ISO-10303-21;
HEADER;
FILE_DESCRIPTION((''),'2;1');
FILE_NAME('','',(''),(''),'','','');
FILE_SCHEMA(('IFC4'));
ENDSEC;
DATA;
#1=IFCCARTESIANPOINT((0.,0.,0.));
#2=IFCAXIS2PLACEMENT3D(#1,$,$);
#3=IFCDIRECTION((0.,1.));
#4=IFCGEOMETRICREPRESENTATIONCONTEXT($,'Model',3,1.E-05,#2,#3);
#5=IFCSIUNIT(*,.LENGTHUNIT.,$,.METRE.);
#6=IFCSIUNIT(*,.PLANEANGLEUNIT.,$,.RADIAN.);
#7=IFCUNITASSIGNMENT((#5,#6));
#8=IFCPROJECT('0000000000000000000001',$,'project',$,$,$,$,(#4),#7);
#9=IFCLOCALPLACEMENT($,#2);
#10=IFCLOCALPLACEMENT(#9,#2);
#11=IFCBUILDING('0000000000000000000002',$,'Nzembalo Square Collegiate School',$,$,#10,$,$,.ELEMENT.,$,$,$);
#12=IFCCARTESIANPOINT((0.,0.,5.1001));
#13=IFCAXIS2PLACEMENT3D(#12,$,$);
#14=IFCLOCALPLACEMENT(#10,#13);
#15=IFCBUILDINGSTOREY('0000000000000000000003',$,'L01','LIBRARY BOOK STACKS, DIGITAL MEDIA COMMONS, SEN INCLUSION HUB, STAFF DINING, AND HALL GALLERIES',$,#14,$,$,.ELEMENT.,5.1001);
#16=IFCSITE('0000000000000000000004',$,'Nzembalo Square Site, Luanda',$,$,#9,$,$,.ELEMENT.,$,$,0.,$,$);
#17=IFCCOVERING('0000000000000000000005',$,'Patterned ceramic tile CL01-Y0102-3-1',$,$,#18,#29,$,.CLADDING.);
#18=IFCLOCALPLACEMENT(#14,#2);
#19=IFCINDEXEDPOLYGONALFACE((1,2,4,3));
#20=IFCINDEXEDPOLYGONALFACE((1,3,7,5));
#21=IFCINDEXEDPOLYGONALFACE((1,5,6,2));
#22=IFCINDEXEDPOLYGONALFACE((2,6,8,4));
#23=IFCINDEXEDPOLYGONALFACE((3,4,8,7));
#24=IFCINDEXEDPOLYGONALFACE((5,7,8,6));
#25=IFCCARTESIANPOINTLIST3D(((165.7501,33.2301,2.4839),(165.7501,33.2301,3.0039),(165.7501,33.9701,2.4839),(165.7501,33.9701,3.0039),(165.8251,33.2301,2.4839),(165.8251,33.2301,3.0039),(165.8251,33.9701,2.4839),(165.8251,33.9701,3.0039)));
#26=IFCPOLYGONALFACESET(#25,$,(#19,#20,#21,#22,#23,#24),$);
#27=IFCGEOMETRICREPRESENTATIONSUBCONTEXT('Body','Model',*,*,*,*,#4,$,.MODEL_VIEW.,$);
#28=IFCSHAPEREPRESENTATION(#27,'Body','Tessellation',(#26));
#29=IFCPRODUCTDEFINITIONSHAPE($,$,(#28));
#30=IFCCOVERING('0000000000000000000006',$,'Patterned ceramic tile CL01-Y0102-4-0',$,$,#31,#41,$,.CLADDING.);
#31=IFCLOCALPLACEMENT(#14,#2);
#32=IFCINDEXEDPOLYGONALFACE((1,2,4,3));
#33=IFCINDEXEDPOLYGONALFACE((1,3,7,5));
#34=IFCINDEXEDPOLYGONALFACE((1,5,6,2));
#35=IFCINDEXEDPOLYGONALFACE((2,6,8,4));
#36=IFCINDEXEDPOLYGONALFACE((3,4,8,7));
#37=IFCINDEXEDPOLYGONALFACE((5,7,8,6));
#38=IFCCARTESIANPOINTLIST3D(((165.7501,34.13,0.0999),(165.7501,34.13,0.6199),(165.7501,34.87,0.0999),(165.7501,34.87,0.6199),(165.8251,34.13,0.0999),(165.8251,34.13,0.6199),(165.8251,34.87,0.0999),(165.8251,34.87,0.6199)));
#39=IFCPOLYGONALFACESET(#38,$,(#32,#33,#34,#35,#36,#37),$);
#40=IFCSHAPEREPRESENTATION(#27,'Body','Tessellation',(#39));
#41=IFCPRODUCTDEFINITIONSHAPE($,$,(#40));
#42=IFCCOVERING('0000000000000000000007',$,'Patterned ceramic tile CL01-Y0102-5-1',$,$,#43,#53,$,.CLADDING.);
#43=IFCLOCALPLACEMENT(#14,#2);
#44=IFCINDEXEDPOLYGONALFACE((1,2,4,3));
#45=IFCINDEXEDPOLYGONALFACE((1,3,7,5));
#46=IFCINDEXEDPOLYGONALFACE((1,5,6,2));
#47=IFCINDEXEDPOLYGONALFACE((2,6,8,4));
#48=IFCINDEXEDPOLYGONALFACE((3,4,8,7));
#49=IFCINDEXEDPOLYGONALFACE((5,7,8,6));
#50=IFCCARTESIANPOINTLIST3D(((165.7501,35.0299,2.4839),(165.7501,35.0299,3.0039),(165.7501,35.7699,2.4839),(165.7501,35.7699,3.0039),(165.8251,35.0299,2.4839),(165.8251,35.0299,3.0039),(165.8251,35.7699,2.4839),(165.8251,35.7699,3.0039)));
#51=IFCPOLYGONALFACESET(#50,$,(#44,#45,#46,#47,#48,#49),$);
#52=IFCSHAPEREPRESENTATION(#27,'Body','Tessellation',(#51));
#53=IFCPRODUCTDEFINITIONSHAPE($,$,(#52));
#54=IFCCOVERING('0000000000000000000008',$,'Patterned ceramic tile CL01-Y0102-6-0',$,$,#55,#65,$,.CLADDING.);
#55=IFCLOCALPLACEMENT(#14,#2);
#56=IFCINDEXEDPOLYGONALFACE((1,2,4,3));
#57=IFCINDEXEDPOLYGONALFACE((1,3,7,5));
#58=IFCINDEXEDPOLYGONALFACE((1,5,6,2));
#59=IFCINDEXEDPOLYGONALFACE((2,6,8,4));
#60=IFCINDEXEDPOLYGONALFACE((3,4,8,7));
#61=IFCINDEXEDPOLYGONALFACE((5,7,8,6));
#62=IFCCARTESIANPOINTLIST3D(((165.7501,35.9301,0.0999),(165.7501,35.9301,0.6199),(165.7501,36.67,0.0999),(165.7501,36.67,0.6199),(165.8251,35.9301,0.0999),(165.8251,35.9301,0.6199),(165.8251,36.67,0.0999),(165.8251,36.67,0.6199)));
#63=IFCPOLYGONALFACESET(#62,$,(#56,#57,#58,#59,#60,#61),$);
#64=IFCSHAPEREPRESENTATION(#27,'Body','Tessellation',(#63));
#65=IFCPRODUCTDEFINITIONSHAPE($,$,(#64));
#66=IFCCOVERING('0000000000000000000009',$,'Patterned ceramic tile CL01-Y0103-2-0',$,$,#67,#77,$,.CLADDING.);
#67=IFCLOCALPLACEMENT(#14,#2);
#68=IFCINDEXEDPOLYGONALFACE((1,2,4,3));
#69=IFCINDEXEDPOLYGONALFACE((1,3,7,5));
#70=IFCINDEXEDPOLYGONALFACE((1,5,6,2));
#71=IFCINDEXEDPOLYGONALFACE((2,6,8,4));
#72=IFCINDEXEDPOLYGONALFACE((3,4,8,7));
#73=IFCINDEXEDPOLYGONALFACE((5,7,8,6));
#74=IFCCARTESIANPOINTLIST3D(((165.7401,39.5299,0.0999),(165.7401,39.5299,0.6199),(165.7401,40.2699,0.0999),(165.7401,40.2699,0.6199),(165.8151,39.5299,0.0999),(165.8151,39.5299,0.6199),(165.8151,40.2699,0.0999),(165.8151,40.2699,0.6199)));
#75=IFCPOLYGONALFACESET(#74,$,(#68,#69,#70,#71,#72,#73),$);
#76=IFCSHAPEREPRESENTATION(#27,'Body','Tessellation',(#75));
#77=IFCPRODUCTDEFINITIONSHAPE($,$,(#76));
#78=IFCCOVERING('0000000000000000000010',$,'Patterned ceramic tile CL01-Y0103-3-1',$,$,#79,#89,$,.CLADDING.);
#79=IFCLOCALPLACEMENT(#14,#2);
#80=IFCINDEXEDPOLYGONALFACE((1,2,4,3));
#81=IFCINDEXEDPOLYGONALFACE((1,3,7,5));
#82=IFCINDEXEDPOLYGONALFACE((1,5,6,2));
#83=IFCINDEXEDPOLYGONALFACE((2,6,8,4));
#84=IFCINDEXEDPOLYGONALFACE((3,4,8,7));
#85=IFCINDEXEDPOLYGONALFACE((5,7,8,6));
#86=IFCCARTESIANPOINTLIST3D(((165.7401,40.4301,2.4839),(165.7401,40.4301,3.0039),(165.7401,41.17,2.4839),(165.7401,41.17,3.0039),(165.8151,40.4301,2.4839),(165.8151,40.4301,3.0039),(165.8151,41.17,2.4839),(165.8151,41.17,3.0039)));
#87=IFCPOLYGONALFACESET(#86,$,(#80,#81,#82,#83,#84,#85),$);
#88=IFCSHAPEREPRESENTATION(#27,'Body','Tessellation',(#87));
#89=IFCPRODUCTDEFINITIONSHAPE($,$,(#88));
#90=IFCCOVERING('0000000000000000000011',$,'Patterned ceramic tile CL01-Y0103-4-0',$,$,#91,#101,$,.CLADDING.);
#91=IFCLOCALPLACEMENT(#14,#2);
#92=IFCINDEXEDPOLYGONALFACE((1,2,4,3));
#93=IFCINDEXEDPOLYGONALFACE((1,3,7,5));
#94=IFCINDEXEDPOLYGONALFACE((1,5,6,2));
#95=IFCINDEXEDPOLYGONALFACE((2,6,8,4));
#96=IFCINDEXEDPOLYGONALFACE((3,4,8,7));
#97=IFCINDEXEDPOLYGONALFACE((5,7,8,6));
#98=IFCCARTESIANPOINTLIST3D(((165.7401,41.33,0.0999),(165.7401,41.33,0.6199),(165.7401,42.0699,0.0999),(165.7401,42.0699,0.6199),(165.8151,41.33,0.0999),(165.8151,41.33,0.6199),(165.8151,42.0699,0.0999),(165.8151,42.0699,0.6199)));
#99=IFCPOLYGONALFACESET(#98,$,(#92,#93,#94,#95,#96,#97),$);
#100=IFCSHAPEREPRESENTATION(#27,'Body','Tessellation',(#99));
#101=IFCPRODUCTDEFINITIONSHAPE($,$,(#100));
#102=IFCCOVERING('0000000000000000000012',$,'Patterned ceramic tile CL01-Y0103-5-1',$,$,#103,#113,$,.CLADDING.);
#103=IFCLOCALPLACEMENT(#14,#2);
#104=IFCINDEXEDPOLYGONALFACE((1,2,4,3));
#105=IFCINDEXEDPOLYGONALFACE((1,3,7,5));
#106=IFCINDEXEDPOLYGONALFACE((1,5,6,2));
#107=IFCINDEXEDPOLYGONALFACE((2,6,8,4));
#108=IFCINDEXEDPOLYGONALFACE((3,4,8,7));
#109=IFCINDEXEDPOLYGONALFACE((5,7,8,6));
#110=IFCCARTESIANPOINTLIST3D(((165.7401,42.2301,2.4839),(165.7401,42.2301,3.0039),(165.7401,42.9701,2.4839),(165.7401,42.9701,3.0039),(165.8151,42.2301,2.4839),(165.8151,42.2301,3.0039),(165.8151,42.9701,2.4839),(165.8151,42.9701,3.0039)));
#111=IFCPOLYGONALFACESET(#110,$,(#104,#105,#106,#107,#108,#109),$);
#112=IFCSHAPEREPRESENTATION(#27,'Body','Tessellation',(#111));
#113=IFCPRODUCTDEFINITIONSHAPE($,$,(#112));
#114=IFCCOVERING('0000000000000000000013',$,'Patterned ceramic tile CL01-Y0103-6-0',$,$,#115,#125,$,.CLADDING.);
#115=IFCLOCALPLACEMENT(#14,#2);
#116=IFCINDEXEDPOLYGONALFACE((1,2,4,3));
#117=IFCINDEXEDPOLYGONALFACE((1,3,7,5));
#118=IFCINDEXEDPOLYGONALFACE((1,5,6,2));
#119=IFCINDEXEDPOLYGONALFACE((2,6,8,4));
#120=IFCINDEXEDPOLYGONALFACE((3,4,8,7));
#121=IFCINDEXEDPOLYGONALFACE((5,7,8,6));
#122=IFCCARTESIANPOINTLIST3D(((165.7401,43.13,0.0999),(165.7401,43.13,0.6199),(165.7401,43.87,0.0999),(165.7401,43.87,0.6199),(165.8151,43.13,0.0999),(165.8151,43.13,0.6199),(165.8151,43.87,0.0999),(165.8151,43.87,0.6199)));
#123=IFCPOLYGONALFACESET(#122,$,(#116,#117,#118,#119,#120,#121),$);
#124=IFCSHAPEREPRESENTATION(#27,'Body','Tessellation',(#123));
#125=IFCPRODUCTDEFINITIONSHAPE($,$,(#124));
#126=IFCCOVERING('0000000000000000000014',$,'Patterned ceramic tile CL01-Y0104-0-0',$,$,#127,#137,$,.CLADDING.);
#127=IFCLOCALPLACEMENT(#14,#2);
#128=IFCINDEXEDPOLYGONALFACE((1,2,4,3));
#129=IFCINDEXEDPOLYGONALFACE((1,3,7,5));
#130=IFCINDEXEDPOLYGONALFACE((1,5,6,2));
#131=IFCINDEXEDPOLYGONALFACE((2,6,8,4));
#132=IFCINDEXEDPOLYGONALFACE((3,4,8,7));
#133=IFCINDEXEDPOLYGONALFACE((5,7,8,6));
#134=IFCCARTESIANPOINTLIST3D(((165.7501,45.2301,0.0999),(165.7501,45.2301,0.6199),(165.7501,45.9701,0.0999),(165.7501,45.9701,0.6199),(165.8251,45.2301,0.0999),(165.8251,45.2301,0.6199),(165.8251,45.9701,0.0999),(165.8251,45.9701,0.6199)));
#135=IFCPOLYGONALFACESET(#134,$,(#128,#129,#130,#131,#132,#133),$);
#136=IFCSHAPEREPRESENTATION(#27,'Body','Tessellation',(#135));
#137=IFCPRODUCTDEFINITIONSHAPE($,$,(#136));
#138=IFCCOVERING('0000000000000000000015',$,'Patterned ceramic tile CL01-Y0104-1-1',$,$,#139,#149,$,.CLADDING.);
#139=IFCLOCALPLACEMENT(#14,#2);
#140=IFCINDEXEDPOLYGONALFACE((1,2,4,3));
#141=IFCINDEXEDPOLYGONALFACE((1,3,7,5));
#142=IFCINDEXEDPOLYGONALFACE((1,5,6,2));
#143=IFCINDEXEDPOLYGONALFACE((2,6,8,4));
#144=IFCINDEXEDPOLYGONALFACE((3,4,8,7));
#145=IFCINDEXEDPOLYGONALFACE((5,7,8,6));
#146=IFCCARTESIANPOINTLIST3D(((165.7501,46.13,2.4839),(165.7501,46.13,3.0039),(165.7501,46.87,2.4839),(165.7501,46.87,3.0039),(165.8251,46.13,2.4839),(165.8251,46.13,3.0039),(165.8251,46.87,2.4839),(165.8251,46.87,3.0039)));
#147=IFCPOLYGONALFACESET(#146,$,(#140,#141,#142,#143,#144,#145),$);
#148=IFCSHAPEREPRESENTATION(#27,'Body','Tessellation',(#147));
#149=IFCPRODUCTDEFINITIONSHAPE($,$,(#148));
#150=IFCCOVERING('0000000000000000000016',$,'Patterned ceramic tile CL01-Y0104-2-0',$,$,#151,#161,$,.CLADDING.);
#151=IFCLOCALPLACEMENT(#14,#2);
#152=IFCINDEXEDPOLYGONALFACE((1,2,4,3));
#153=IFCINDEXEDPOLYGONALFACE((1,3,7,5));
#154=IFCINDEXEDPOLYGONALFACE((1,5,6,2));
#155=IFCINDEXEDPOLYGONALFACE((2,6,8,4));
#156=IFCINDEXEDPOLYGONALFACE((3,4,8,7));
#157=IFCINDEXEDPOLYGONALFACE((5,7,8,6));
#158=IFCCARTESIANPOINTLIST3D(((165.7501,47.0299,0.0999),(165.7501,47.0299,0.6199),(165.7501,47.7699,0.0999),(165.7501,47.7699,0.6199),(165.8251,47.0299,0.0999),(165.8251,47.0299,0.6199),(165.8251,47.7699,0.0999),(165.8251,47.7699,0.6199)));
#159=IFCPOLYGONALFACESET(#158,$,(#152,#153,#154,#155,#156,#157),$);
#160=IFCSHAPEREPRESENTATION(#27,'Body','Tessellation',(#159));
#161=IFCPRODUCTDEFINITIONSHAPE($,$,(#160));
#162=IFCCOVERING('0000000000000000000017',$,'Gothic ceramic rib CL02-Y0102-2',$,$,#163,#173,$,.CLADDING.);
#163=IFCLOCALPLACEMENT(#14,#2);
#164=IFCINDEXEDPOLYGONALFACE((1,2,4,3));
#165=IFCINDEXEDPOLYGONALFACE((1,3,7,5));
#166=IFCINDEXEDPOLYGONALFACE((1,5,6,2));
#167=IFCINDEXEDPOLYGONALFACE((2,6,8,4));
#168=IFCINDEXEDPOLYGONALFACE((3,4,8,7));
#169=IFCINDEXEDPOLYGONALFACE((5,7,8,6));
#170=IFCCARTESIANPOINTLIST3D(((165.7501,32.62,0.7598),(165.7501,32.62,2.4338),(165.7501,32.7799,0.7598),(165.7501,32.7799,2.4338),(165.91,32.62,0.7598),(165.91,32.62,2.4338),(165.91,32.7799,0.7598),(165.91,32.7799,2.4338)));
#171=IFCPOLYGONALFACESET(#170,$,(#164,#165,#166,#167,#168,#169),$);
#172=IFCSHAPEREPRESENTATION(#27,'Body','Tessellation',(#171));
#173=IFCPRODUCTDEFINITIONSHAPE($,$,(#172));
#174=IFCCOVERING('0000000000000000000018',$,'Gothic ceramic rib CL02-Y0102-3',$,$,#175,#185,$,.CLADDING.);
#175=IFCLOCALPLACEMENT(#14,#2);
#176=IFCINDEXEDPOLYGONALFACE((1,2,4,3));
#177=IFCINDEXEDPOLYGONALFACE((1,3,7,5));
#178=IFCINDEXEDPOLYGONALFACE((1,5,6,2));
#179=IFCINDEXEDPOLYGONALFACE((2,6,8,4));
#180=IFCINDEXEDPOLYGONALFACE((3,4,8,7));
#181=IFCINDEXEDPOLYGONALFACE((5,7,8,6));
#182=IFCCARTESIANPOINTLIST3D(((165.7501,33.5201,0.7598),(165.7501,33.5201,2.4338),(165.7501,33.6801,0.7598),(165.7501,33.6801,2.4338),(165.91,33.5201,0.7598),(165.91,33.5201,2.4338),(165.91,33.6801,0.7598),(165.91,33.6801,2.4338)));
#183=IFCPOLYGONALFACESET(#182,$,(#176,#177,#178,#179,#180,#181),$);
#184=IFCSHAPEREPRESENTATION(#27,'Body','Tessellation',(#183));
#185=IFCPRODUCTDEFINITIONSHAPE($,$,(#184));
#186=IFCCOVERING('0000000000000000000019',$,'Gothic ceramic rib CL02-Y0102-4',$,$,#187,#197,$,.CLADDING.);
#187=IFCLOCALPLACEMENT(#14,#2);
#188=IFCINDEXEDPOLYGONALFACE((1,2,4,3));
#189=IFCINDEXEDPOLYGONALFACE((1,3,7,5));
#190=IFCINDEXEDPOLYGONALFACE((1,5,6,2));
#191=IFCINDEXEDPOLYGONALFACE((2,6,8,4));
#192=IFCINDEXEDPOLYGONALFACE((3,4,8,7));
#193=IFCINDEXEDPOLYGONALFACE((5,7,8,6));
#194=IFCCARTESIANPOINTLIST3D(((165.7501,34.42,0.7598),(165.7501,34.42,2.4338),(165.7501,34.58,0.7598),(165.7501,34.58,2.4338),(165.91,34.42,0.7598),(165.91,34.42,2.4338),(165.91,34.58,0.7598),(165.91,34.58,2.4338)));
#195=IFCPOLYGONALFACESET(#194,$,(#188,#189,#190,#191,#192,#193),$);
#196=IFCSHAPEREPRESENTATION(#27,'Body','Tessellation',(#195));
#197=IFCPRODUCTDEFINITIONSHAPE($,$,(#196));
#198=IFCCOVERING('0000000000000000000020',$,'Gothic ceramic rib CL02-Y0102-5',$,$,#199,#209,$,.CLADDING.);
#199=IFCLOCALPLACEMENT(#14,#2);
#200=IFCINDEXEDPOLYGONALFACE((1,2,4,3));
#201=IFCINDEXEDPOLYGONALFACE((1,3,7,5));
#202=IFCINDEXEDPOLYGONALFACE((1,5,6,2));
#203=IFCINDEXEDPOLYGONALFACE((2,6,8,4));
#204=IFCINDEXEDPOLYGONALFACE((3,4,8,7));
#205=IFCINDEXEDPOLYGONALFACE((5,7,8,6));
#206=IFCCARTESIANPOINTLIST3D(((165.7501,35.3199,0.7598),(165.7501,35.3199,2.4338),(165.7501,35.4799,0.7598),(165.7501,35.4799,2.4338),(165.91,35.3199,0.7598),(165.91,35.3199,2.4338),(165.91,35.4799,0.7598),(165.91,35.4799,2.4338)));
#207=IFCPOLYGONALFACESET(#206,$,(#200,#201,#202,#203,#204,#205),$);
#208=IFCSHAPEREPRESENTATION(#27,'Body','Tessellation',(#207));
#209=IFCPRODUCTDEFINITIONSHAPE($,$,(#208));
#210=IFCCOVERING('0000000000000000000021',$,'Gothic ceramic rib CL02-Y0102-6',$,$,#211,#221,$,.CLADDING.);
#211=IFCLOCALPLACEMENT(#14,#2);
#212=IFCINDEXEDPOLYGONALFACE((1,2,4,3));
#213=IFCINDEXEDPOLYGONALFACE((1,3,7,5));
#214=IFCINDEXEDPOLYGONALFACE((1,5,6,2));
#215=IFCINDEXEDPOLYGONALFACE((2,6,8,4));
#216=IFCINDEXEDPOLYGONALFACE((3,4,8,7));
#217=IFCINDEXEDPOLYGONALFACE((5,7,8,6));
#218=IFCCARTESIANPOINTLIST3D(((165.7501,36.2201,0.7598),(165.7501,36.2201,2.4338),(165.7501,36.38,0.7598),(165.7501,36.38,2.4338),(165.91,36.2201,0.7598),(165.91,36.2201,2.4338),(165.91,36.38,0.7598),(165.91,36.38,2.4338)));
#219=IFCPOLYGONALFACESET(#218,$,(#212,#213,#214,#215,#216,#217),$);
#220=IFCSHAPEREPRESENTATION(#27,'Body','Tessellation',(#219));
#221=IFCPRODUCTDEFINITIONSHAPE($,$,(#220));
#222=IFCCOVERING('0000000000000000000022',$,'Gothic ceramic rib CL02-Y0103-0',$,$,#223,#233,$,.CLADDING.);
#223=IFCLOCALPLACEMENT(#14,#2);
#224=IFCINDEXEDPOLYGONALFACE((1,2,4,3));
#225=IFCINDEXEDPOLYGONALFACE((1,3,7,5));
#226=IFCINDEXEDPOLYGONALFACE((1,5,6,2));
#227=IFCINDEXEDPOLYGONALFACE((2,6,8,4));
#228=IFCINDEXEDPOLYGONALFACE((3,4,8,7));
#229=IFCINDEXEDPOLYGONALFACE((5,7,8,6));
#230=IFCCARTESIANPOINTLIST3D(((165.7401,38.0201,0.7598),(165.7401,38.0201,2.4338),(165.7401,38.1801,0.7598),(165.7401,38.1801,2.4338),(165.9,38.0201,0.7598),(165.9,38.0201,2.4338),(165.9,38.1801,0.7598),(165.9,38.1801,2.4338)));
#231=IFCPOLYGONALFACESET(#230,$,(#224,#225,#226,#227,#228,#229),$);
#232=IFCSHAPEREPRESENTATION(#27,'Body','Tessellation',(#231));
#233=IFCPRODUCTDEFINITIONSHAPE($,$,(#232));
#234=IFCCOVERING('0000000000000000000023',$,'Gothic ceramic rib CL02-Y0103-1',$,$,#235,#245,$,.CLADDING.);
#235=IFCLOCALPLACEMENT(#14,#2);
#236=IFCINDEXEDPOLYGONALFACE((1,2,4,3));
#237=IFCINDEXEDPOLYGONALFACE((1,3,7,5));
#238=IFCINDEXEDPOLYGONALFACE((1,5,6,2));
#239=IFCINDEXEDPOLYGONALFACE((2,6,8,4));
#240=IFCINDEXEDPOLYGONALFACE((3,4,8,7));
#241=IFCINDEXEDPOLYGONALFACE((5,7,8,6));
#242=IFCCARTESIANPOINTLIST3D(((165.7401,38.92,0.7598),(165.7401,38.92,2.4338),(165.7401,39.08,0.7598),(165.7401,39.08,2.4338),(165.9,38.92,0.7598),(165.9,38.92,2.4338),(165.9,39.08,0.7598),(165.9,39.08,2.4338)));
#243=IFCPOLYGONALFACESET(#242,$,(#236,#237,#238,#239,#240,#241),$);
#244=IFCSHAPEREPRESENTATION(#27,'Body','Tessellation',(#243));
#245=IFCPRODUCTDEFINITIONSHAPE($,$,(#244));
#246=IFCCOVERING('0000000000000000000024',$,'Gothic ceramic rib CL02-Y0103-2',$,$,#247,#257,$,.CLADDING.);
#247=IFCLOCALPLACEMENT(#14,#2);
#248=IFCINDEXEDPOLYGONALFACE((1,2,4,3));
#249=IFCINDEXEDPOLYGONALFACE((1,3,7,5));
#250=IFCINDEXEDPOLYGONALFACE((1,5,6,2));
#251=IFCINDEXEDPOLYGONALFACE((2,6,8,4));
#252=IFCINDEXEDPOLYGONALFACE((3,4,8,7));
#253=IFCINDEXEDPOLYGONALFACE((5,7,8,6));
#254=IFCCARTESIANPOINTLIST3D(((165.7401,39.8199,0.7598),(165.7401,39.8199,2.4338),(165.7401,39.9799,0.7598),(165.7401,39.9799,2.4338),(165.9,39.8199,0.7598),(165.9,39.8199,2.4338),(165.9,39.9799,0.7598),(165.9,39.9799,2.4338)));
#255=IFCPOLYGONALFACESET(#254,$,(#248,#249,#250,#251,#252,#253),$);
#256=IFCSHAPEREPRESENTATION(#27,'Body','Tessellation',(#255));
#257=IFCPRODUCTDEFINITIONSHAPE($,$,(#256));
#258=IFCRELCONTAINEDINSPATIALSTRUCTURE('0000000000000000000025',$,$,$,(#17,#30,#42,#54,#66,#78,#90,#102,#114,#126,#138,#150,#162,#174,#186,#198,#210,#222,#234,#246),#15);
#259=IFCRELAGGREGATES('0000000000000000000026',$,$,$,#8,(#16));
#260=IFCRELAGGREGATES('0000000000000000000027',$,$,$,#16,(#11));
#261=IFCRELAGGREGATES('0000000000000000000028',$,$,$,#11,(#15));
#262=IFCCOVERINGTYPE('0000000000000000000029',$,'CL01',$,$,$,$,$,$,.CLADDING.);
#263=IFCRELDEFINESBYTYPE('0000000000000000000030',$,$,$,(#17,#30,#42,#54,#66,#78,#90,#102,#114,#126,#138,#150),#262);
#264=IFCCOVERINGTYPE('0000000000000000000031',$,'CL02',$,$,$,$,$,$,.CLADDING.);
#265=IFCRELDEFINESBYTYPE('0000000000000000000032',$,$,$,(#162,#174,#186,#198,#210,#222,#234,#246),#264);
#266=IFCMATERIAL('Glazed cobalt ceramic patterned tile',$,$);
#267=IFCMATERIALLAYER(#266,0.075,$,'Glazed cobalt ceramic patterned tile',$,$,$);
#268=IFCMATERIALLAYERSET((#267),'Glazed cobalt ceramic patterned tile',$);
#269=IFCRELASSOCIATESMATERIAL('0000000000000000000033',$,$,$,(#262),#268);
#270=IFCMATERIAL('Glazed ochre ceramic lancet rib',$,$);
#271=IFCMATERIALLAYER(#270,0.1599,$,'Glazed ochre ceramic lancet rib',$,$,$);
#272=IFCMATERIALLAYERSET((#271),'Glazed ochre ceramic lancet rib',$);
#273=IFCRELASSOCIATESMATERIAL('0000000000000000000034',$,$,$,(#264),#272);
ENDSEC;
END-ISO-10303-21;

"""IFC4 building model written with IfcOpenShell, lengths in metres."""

from ifc_helpers import new_model, si_unit, direction, frame, origin, origin_2d, place, context, subcontext, project, spatial, rectangle, extrude, material, layer, layer_set, type_object, element, save


model = new_model("IFC4")

# Units and contexts
model_context = context("Model", 3, precision=1e-05, world=origin(), true_north=direction((0.0, 1.0)))
body_context = subcontext(model_context, "Body", "Model", "MODEL_VIEW")
ifc_project = project(units=[si_unit("LENGTHUNIT", "METRE"), si_unit("PLANEANGLEUNIT", "RADIAN")], contexts=[model_context])

# Site, building, storey
site_placement = place(None, origin())
site = spatial("IfcSite", under=ifc_project, at=site_placement, Name="Nzembalo Square Site, Luanda", CompositionType="ELEMENT", RefElevation=0.0)
building_placement = place(site_placement, origin())
building = spatial("IfcBuilding", under=site, at=building_placement, Name="Nzembalo Square Collegiate School", CompositionType="ELEMENT")
storey_placement = place(building_placement, frame((0.0, 0.0, 5.1001)))
storey = spatial("IfcBuildingStorey", under=building, at=storey_placement, Name="L01", Description="LIBRARY BOOK STACKS, DIGITAL MEDIA COMMONS, SEN INCLUSION HUB, STAFF DINING, AND HALL GALLERIES", CompositionType="ELEMENT", Elevation=5.1001)

# Coverings
ifc_material_1 = material(Name="Glazed cobalt ceramic patterned tile")
ifc_layer_1 = layer(ifc_material_1, 0.075, Name="Glazed cobalt ceramic patterned tile")
ifc_layer_set_1 = layer_set([ifc_layer_1], Name="Glazed cobalt ceramic patterned tile")
covering_type_1 = type_object("IfcCoveringType", Name="CL01", PredefinedType="CLADDING", material=ifc_layer_set_1)
for number, where, z_axis, x_axis, name in (
    (1, (165.7876, 33.6001, 2.4839), (0.0, 0.0, 1.0), (1.0, 0.0, 0.0), "Patterned ceramic tile CL01-Y0102-3-1"),
    (2, (165.7876, 34.5, 0.0999), (0.0, 0.0, 1.0), (1.0, 0.0, 0.0), "Patterned ceramic tile CL01-Y0102-4-0"),
    (3, (165.7876, 35.3999, 2.4839), (0.0, 0.0, 1.0), (1.0, 0.0, 0.0), "Patterned ceramic tile CL01-Y0102-5-1"),
    (4, (165.7876, 36.3, 0.0999), (0.0, 0.0, 1.0), (1.0, 0.0, 0.0), "Patterned ceramic tile CL01-Y0102-6-0"),
    (5, (165.7776, 39.8999, 0.0999), (0.0, 0.0, 1.0), (1.0, 0.0, 0.0), "Patterned ceramic tile CL01-Y0103-2-0"),
    (6, (165.7776, 40.8, 2.4839), (0.0, 0.0, 1.0), (1.0, 0.0, 0.0), "Patterned ceramic tile CL01-Y0103-3-1"),
    (7, (165.7776, 41.7, 0.0999), (0.0, 0.0, 1.0), (1.0, 0.0, 0.0), "Patterned ceramic tile CL01-Y0103-4-0"),
    (8, (165.7776, 42.6001, 2.4839), (0.0, 0.0, 1.0), (1.0, 0.0, 0.0), "Patterned ceramic tile CL01-Y0103-5-1"),
    (9, (165.7776, 43.5, 0.0999), (0.0, 0.0, 1.0), (1.0, 0.0, 0.0), "Patterned ceramic tile CL01-Y0103-6-0"),
    (10, (165.7876, 45.6001, 0.0999), (0.0, 0.0, 1.0), (1.0, 0.0, 0.0), "Patterned ceramic tile CL01-Y0104-0-0"),
    (11, (165.7876, 46.5, 2.4839), (0.0, 0.0, 1.0), (1.0, 0.0, 0.0), "Patterned ceramic tile CL01-Y0104-1-1"),
    (12, (165.7876, 47.3999, 0.0999), (0.0, 0.0, 1.0), (1.0, 0.0, 0.0), "Patterned ceramic tile CL01-Y0104-2-0"),
):
    element("IfcCovering", number, at=place(storey_placement, frame(where, z_axis=z_axis, x_axis=x_axis)), inside=storey, type_object=covering_type_1, Name=name, PredefinedType="CLADDING", context=body_context, shape_type="SweptSolid", body=[
        extrude(rectangle(XDim=0.075, YDim=0.74, at=origin_2d()), origin(), (0.0, 0.0, 1.0), 0.52),
    ])
ifc_material_2 = material(Name="Glazed ochre ceramic lancet rib")
ifc_layer_2 = layer(ifc_material_2, 0.1599, Name="Glazed ochre ceramic lancet rib")
ifc_layer_set_2 = layer_set([ifc_layer_2], Name="Glazed ochre ceramic lancet rib")
covering_type_2 = type_object("IfcCoveringType", Name="CL02", PredefinedType="CLADDING", material=ifc_layer_set_2)
for number, where, z_axis, x_axis, name in (
    (13, (165.8301, 32.7, 0.7598), (0.0, 0.0, 1.0), (1.0, 0.0, 0.0), "Gothic ceramic rib CL02-Y0102-2"),
    (14, (165.8301, 33.6001, 0.7598), (0.0, 0.0, 1.0), (1.0, 0.0, 0.0), "Gothic ceramic rib CL02-Y0102-3"),
    (15, (165.8301, 34.5, 0.7598), (0.0, 0.0, 1.0), (1.0, 0.0, 0.0), "Gothic ceramic rib CL02-Y0102-4"),
    (16, (165.8301, 35.3999, 0.7598), (0.0, 0.0, 1.0), (1.0, 0.0, 0.0), "Gothic ceramic rib CL02-Y0102-5"),
    (17, (165.8301, 36.3, 0.7598), (0.0, 0.0, 1.0), (1.0, 0.0, 0.0), "Gothic ceramic rib CL02-Y0102-6"),
    (18, (165.8201, 38.1001, 0.7598), (0.0, 0.0, 1.0), (1.0, 0.0, 0.0), "Gothic ceramic rib CL02-Y0103-0"),
    (19, (165.8201, 39.0, 0.7598), (0.0, 0.0, 1.0), (1.0, 0.0, 0.0), "Gothic ceramic rib CL02-Y0103-1"),
    (20, (165.8201, 39.8999, 0.7598), (0.0, 0.0, 1.0), (1.0, 0.0, 0.0), "Gothic ceramic rib CL02-Y0103-2"),
):
    element("IfcCovering", number, at=place(storey_placement, frame(where, z_axis=z_axis, x_axis=x_axis)), inside=storey, type_object=covering_type_2, Name=name, PredefinedType="CLADDING", context=body_context, shape_type="SweptSolid", body=[
        extrude(rectangle(XDim=0.1599, YDim=0.1599, at=origin_2d()), origin(), (0.0, 0.0, 1.0), 1.6741),
    ])

save(model, "model.ifc")
